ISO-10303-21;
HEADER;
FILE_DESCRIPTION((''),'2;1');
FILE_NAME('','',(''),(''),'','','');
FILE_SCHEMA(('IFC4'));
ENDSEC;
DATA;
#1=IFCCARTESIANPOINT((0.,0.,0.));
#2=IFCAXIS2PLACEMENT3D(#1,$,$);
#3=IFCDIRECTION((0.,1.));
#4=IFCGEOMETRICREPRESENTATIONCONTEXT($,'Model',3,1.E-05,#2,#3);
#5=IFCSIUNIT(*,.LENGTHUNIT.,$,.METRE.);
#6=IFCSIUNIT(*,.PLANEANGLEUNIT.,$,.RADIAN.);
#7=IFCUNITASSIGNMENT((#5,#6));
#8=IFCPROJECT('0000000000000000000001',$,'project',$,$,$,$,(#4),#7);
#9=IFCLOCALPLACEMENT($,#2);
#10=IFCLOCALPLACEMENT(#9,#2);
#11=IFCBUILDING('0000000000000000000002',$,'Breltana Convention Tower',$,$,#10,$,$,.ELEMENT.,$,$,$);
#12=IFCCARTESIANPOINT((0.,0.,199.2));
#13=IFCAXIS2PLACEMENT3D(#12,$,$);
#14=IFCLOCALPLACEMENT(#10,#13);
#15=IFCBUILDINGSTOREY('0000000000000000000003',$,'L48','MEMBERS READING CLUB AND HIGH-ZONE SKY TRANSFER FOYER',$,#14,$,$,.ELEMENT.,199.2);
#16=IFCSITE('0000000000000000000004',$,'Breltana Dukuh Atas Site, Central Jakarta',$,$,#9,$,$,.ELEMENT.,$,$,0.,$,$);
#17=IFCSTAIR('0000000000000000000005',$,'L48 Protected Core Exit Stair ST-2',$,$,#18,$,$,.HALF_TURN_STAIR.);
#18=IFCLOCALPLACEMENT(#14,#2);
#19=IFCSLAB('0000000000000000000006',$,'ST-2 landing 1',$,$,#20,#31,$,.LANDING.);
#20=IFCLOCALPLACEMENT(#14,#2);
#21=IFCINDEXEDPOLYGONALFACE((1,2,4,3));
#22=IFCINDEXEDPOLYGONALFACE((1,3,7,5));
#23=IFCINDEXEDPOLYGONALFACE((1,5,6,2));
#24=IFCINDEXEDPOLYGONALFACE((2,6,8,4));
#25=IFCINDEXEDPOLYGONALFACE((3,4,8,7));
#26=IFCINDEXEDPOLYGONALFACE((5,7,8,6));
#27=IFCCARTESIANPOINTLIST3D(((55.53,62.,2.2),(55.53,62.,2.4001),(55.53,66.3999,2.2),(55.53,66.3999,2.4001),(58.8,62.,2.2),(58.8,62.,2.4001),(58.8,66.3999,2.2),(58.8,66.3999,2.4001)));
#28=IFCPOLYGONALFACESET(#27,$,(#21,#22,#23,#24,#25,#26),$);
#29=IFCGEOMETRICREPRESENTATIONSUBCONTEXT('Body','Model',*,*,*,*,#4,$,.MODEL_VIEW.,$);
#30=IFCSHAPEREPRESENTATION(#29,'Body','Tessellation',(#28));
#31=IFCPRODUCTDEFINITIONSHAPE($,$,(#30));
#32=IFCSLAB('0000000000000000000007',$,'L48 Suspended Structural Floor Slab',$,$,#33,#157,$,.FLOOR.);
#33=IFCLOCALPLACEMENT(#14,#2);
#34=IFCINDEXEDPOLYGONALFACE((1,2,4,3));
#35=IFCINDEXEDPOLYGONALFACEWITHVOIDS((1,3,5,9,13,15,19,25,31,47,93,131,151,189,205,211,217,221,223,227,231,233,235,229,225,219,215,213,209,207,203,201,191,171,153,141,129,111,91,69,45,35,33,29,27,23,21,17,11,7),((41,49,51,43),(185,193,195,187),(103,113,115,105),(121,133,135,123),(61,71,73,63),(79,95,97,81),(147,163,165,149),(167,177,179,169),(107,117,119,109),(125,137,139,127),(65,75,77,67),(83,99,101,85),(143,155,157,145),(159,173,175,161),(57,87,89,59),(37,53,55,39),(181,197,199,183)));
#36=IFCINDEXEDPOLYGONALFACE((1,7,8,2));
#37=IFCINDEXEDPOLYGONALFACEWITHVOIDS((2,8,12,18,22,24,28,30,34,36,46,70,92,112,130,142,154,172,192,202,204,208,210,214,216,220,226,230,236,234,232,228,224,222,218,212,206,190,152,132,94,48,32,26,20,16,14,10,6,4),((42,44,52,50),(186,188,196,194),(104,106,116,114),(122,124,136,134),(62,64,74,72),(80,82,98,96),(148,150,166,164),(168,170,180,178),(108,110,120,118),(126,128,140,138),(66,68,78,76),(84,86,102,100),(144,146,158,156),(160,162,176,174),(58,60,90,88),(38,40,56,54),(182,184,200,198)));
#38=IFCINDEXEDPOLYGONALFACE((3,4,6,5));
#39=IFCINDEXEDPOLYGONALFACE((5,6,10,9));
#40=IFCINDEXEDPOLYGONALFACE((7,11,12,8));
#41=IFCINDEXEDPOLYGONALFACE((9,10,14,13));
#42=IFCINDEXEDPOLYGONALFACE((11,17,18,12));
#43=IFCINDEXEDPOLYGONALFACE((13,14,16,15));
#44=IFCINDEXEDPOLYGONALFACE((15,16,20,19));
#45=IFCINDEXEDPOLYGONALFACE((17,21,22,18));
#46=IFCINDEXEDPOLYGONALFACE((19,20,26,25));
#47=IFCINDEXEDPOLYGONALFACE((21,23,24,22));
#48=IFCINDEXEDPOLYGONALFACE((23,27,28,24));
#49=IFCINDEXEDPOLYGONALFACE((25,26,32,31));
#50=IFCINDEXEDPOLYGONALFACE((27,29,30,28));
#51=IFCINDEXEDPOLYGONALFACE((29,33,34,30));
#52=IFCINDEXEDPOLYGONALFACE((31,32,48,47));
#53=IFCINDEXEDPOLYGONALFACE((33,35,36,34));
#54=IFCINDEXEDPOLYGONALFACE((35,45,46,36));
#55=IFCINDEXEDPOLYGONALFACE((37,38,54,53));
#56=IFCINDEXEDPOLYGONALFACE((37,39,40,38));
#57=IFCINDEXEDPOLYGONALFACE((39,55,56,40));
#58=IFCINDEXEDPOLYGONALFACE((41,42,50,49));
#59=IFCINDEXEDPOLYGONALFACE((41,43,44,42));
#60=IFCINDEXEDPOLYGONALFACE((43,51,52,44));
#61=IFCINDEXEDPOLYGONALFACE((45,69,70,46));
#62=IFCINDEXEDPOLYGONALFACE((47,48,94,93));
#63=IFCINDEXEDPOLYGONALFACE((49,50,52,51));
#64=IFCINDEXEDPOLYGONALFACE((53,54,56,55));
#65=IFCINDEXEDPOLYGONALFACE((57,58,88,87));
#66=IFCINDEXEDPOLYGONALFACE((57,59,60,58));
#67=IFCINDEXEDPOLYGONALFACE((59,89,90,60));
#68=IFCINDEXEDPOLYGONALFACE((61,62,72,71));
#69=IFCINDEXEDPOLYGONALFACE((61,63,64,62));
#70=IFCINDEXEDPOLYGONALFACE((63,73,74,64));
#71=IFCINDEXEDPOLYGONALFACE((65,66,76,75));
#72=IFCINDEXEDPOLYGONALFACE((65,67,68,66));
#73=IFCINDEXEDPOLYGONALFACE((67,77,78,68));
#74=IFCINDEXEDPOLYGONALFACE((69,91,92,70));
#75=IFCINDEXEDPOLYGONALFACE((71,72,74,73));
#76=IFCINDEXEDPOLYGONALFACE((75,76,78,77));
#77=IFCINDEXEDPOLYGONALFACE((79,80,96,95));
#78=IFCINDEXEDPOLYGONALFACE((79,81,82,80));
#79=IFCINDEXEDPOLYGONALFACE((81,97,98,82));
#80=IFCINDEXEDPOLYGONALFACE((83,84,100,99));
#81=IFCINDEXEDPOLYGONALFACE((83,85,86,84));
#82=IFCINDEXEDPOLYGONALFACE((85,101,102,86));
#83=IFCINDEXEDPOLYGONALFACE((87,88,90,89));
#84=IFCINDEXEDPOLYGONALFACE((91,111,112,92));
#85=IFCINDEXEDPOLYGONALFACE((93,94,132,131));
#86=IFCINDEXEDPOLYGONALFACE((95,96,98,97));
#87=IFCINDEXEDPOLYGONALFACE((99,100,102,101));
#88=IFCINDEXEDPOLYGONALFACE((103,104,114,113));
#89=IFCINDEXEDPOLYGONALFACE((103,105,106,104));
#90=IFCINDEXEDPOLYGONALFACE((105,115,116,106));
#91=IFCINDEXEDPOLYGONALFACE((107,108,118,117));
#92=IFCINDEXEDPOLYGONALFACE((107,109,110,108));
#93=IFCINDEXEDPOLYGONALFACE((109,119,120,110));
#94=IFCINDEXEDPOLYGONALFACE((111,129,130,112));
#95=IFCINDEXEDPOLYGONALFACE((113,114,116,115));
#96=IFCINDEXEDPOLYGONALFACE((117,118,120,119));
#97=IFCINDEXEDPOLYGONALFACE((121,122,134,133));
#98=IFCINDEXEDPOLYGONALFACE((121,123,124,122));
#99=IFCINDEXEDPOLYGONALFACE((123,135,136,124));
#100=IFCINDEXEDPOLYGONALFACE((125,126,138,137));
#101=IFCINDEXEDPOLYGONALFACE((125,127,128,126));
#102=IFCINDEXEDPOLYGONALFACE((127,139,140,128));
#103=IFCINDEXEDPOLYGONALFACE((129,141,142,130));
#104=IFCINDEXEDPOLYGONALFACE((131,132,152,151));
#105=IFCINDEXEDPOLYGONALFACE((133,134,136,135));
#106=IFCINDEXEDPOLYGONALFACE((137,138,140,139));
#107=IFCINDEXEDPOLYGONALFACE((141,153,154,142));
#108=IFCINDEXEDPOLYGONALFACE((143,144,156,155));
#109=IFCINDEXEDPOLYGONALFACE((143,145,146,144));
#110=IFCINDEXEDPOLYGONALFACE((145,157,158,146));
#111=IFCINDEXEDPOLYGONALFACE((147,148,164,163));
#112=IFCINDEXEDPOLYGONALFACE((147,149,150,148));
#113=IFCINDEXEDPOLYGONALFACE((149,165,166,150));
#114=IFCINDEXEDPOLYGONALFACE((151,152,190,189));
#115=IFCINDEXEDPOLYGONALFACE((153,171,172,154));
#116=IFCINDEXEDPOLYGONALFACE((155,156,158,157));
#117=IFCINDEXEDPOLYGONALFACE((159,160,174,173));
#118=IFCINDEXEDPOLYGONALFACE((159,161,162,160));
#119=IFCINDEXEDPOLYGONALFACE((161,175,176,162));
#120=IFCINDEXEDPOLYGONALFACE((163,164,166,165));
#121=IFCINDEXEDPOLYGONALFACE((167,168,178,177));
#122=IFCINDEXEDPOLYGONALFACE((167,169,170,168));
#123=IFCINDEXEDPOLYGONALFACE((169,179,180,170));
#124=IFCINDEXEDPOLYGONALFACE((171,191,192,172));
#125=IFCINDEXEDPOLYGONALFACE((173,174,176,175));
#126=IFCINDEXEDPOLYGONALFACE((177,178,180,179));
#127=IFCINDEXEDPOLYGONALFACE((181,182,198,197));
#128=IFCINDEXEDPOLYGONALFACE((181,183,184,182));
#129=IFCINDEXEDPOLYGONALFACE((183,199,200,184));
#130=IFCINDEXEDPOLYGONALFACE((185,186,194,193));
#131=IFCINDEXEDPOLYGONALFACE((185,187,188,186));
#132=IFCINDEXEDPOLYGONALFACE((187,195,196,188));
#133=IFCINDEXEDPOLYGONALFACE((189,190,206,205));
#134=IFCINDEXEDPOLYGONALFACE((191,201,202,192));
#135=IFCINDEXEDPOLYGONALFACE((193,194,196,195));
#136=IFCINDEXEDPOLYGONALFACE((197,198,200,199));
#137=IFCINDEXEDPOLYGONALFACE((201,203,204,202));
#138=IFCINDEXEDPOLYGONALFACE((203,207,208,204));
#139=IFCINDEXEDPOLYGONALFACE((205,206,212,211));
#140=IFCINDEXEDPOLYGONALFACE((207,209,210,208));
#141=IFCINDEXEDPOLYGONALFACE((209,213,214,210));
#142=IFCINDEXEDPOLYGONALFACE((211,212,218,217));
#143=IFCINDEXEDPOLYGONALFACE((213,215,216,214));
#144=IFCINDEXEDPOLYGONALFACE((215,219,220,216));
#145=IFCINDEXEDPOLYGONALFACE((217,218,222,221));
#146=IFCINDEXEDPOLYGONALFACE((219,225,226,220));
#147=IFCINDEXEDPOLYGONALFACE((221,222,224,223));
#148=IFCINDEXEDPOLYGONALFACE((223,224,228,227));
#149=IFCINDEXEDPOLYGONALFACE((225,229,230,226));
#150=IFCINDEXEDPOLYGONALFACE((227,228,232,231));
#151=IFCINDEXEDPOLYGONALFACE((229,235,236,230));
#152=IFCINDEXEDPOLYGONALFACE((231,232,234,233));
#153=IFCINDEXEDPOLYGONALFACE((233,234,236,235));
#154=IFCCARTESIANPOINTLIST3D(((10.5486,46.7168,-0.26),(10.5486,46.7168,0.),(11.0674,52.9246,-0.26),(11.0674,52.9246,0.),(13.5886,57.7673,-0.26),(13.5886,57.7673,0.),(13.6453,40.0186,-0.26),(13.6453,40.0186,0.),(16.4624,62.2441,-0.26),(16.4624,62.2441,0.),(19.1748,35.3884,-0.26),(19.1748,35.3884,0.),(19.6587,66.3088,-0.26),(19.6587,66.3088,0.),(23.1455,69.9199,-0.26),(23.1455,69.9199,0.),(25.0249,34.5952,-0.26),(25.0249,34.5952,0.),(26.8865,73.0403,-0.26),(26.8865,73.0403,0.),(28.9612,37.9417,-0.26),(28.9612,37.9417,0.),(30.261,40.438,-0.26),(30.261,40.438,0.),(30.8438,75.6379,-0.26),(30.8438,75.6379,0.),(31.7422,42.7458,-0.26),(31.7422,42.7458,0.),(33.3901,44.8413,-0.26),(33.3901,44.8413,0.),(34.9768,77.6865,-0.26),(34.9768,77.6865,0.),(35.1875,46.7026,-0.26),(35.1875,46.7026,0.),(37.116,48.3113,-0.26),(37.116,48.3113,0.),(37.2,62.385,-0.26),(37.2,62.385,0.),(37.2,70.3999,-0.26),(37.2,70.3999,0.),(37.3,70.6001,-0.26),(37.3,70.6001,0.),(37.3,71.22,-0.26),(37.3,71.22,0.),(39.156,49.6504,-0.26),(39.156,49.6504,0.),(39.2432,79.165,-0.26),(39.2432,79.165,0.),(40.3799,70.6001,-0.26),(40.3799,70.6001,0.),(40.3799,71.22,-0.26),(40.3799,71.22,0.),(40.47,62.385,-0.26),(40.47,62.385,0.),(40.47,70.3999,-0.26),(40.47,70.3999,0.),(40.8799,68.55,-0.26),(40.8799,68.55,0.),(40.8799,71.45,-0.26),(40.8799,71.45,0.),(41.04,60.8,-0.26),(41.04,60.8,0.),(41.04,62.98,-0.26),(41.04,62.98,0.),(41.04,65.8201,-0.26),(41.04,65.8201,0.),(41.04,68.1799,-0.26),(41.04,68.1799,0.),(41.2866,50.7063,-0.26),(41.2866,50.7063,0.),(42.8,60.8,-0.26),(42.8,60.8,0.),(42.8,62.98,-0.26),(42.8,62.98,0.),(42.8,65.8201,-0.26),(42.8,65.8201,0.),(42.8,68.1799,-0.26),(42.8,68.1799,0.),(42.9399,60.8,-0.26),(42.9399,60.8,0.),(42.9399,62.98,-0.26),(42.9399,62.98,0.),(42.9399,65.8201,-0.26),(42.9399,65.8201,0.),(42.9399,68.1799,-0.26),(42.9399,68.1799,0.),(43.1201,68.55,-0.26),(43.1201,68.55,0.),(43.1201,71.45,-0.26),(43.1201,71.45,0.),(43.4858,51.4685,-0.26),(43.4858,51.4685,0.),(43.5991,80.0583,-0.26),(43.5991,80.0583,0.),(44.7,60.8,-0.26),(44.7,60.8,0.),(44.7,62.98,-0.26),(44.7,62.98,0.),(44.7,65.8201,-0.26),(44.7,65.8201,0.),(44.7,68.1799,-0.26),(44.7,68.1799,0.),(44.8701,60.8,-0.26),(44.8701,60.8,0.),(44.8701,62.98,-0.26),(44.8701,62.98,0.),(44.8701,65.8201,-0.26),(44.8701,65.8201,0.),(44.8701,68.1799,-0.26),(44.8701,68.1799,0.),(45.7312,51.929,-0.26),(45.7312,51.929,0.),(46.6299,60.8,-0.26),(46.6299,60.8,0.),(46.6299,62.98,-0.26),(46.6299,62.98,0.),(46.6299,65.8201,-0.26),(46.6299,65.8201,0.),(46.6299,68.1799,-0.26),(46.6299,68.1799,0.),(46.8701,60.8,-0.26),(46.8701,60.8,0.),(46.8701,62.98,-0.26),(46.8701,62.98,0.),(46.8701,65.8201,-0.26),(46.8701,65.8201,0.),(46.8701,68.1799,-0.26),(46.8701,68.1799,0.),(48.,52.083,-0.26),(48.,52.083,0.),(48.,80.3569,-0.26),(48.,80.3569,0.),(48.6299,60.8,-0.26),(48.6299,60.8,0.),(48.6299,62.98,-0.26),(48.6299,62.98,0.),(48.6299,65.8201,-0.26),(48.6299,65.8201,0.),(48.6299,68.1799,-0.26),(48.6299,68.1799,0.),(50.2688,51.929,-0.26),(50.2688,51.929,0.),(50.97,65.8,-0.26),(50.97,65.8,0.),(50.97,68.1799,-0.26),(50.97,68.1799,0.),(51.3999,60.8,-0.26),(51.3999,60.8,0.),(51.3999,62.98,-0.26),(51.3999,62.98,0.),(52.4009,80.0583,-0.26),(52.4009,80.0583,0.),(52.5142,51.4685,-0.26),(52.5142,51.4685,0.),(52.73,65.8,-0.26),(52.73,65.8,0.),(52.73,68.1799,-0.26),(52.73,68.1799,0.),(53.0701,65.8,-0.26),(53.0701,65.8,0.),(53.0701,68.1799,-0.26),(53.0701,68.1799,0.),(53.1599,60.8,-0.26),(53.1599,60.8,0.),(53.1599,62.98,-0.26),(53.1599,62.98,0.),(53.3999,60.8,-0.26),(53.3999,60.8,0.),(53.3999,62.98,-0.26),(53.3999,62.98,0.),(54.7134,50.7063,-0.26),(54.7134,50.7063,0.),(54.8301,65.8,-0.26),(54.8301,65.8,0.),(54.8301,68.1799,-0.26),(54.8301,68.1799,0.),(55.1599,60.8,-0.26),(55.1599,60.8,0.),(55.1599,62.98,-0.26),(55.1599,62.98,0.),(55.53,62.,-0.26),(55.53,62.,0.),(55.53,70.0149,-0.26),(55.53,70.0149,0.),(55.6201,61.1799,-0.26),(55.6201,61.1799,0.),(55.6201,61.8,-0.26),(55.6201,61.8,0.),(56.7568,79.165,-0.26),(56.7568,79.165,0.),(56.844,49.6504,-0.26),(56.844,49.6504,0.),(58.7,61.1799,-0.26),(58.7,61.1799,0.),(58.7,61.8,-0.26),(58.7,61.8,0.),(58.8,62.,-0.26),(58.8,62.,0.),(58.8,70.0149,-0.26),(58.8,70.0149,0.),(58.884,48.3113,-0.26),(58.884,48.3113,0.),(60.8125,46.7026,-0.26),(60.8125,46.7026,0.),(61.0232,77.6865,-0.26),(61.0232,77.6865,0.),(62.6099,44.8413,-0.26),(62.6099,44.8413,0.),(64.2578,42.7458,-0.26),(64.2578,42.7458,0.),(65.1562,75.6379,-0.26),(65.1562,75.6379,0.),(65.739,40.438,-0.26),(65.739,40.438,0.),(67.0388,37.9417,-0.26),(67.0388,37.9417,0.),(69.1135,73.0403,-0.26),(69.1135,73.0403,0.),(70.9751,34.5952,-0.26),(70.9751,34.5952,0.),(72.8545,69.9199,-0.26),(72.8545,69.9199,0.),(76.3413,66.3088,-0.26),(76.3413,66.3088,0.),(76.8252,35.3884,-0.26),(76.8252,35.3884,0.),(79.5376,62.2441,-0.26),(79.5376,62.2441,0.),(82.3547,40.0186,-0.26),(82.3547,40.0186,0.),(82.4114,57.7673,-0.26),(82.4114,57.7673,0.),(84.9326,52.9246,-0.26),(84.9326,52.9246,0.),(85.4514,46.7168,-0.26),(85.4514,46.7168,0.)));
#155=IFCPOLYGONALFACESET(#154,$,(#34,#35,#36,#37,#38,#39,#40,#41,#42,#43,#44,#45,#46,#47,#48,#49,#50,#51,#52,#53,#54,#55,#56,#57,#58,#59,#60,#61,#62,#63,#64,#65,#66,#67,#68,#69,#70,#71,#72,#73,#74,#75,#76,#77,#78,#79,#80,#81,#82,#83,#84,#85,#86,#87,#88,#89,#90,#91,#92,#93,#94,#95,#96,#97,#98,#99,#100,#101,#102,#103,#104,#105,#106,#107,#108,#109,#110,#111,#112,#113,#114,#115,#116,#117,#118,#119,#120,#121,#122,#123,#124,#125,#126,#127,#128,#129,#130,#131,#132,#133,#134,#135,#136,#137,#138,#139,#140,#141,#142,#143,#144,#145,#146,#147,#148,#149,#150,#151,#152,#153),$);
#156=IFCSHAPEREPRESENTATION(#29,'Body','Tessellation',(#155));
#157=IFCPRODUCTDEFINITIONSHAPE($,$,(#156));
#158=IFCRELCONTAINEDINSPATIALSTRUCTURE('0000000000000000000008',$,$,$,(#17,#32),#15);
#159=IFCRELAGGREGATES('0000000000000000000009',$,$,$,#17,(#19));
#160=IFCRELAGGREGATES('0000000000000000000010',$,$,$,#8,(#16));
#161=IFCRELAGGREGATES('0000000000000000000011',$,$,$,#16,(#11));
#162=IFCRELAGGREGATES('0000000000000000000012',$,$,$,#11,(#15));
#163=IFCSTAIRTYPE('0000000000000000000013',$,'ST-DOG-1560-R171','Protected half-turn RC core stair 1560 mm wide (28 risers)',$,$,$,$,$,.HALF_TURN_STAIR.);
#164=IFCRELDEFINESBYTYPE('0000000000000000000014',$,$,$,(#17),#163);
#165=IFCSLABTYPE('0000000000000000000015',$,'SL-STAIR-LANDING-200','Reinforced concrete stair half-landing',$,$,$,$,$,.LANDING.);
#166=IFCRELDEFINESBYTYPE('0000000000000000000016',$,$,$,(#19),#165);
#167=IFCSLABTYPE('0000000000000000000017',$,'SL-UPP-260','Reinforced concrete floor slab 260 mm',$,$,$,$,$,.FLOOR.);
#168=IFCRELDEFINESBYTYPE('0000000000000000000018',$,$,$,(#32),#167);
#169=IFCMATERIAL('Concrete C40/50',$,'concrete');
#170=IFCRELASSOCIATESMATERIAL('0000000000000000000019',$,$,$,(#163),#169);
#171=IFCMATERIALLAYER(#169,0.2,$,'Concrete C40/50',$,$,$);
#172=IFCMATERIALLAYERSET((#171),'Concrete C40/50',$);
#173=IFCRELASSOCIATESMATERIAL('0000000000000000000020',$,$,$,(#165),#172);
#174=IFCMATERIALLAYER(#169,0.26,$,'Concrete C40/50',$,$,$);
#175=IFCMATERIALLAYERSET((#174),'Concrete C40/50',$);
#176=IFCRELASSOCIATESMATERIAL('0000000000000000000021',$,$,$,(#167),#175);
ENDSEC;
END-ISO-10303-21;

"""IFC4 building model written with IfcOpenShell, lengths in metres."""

from ifc_helpers import new_model, si_unit, direction, frame, origin, place, context, subcontext, project, spatial, polyline, outline, extrude, material, layer, layer_set, type_object, element, aggregate, save


model = new_model("IFC4")

# Units and contexts
model_context = context("Model", 3, precision=1e-05, world=origin(), true_north=direction((0.0, 1.0)))
body_context = subcontext(model_context, "Body", "Model", "MODEL_VIEW")
ifc_project = project(units=[si_unit("LENGTHUNIT", "METRE"), si_unit("PLANEANGLEUNIT", "RADIAN")], contexts=[model_context])

# Site, building, storey
site_placement = place(None, origin())
site = spatial("IfcSite", under=ifc_project, at=site_placement, Name="Breltana Dukuh Atas Site, Central Jakarta", CompositionType="ELEMENT", RefElevation=0.0)
building_placement = place(site_placement, origin())
building = spatial("IfcBuilding", under=site, at=building_placement, Name="Breltana Convention Tower", CompositionType="ELEMENT")
storey_placement = place(building_placement, frame((0.0, 0.0, 199.2)))
storey = spatial("IfcBuildingStorey", under=building, at=storey_placement, Name="L48", Description="MEMBERS READING CLUB AND HIGH-ZONE SKY TRANSFER FOYER", CompositionType="ELEMENT", Elevation=199.2)

# Stair, slab
ifc_material_1 = material(Name="Concrete C40/50", Category="concrete")
stair_type = type_object("IfcStairType", Name="ST-DOG-1560-R171", Description="Protected half-turn RC core stair 1560 mm wide (28 risers)", PredefinedType="HALF_TURN_STAIR", material=ifc_material_1)
ifc_layer_1 = layer(ifc_material_1, 0.2, Name="Concrete C40/50")
ifc_layer_set_1 = layer_set([ifc_layer_1], Name="Concrete C40/50")
slab_type_1 = type_object("IfcSlabType", Name="SL-STAIR-LANDING-200", Description="Reinforced concrete stair half-landing", PredefinedType="LANDING", material=ifc_layer_set_1)
stair_1_placement = place(storey_placement, origin())
stair_1 = element("IfcStair", 1, at=stair_1_placement, inside=storey, type_object=stair_type, Name="L48 Protected Core Exit Stair ST-2", PredefinedType="HALF_TURN_STAIR")
slab_1_placement = place(storey_placement, frame((0.0, 0.0, 2.2)))
slab_1 = element("IfcSlab", 2, at=slab_1_placement, type_object=slab_type_1, Name="ST-2 landing 1", PredefinedType="LANDING", context=body_context, shape_type="SweptSolid", body=[
    extrude(outline(polyline([(55.53, 66.3999), (55.53, 62.0), (58.8, 62.0), (58.8, 66.3999), (55.53, 66.3999)])), origin(), (0.0, 0.0, 1.0), 0.2002),
])
aggregate(stair_1, [slab_1])

# Slab
ifc_layer_2 = layer(ifc_material_1, 0.26, Name="Concrete C40/50")
ifc_layer_set_2 = layer_set([ifc_layer_2], Name="Concrete C40/50")
slab_type_2 = type_object("IfcSlabType", Name="SL-UPP-260", Description="Reinforced concrete floor slab 260 mm", PredefinedType="FLOOR", material=ifc_layer_set_2)
slab_2_placement = place(storey_placement, frame((0.0, 0.0, -0.26)))
element("IfcSlab", 3, at=slab_2_placement, inside=storey, type_object=slab_type_2, Name="L48 Suspended Structural Floor Slab", PredefinedType="FLOOR", context=body_context, shape_type="SweptSolid", body=[
    extrude(outline(polyline([(84.9326, 52.9246), (82.4114, 57.7673), (79.5376, 62.2441), (76.3413, 66.3088), (72.8545, 69.9199), (69.1135, 73.0403), (65.1562, 75.6379), (61.0232, 77.6865), (56.7568, 79.165), (52.4009, 80.0583), (48.0, 80.3569), (43.5991, 80.0583), (39.2432, 79.165), (34.9768, 77.6865), (30.8438, 75.6379), (26.8865, 73.0403), (23.1455, 69.9199), (19.6587, 66.3088), (16.4624, 62.2441), (13.5886, 57.7673), (11.0674, 52.9246), (10.5486, 46.7168), (13.6453, 40.0186), (19.1748, 35.3884), (25.0249, 34.5952), (28.9612, 37.9417), (30.261, 40.438), (31.7422, 42.7458), (33.3901, 44.8413), (35.1875, 46.7026), (37.116, 48.3113), (39.156, 49.6504), (41.2866, 50.7063), (43.4858, 51.4685), (45.7312, 51.929), (48.0, 52.083), (50.2688, 51.929), (52.5142, 51.4685), (54.7134, 50.7063), (56.844, 49.6504), (58.884, 48.3113), (60.8125, 46.7026), (62.6099, 44.8413), (64.2578, 42.7458), (65.739, 40.438), (67.0388, 37.9417), (70.9751, 34.5952), (76.8252, 35.3884), (82.3547, 40.0186), (85.4514, 46.7168), (84.9326, 52.9246)]), holes=[polyline([(37.2, 62.385), (40.47, 62.385), (40.47, 70.3999), (37.2, 70.3999), (37.2, 62.385)]), polyline([(55.53, 62.0), (58.8, 62.0), (58.8, 70.0149), (55.53, 70.0149), (55.53, 62.0)]), polyline([(41.04, 60.8), (42.8, 60.8), (42.8, 62.98), (41.04, 62.98), (41.04, 60.8)]), polyline([(42.9399, 60.8), (44.7, 60.8), (44.7, 62.98), (42.9399, 62.98), (42.9399, 60.8)]), polyline([(44.8701, 60.8), (46.6299, 60.8), (46.6299, 62.98), (44.8701, 62.98), (44.8701, 60.8)]), polyline([(46.8701, 60.8), (48.6299, 60.8), (48.6299, 62.98), (46.8701, 62.98), (46.8701, 60.8)]), polyline([(51.3999, 60.8), (53.1599, 60.8), (53.1599, 62.98), (51.3999, 62.98), (51.3999, 60.8)]), polyline([(53.3999, 60.8), (55.1599, 60.8), (55.1599, 62.98), (53.3999, 62.98), (53.3999, 60.8)]), polyline([(41.04, 65.8201), (42.8, 65.8201), (42.8, 68.1799), (41.04, 68.1799), (41.04, 65.8201)]), polyline([(42.9399, 65.8201), (44.7, 65.8201), (44.7, 68.1799), (42.9399, 68.1799), (42.9399, 65.8201)]), polyline([(44.8701, 65.8201), (46.6299, 65.8201), (46.6299, 68.1799), (44.8701, 68.1799), (44.8701, 65.8201)]), polyline([(46.8701, 65.8201), (48.6299, 65.8201), (48.6299, 68.1799), (46.8701, 68.1799), (46.8701, 65.8201)]), polyline([(50.97, 65.8), (52.73, 65.8), (52.73, 68.1799), (50.97, 68.1799), (50.97, 65.8)]), polyline([(53.0701, 65.8), (54.8301, 65.8), (54.8301, 68.1799), (53.0701, 68.1799), (53.0701, 65.8)]), polyline([(40.8799, 68.55), (43.1201, 68.55), (43.1201, 71.45), (40.8799, 71.45), (40.8799, 68.55)]), polyline([(37.3, 70.6001), (40.3799, 70.6001), (40.3799, 71.22), (37.3, 71.22), (37.3, 70.6001)]), polyline([(55.6201, 61.1799), (58.7, 61.1799), (58.7, 61.8), (55.6201, 61.8), (55.6201, 61.1799)])]), origin(), (0.0, 0.0, 1.0), 0.26),
])

save(model, "model.ifc")
